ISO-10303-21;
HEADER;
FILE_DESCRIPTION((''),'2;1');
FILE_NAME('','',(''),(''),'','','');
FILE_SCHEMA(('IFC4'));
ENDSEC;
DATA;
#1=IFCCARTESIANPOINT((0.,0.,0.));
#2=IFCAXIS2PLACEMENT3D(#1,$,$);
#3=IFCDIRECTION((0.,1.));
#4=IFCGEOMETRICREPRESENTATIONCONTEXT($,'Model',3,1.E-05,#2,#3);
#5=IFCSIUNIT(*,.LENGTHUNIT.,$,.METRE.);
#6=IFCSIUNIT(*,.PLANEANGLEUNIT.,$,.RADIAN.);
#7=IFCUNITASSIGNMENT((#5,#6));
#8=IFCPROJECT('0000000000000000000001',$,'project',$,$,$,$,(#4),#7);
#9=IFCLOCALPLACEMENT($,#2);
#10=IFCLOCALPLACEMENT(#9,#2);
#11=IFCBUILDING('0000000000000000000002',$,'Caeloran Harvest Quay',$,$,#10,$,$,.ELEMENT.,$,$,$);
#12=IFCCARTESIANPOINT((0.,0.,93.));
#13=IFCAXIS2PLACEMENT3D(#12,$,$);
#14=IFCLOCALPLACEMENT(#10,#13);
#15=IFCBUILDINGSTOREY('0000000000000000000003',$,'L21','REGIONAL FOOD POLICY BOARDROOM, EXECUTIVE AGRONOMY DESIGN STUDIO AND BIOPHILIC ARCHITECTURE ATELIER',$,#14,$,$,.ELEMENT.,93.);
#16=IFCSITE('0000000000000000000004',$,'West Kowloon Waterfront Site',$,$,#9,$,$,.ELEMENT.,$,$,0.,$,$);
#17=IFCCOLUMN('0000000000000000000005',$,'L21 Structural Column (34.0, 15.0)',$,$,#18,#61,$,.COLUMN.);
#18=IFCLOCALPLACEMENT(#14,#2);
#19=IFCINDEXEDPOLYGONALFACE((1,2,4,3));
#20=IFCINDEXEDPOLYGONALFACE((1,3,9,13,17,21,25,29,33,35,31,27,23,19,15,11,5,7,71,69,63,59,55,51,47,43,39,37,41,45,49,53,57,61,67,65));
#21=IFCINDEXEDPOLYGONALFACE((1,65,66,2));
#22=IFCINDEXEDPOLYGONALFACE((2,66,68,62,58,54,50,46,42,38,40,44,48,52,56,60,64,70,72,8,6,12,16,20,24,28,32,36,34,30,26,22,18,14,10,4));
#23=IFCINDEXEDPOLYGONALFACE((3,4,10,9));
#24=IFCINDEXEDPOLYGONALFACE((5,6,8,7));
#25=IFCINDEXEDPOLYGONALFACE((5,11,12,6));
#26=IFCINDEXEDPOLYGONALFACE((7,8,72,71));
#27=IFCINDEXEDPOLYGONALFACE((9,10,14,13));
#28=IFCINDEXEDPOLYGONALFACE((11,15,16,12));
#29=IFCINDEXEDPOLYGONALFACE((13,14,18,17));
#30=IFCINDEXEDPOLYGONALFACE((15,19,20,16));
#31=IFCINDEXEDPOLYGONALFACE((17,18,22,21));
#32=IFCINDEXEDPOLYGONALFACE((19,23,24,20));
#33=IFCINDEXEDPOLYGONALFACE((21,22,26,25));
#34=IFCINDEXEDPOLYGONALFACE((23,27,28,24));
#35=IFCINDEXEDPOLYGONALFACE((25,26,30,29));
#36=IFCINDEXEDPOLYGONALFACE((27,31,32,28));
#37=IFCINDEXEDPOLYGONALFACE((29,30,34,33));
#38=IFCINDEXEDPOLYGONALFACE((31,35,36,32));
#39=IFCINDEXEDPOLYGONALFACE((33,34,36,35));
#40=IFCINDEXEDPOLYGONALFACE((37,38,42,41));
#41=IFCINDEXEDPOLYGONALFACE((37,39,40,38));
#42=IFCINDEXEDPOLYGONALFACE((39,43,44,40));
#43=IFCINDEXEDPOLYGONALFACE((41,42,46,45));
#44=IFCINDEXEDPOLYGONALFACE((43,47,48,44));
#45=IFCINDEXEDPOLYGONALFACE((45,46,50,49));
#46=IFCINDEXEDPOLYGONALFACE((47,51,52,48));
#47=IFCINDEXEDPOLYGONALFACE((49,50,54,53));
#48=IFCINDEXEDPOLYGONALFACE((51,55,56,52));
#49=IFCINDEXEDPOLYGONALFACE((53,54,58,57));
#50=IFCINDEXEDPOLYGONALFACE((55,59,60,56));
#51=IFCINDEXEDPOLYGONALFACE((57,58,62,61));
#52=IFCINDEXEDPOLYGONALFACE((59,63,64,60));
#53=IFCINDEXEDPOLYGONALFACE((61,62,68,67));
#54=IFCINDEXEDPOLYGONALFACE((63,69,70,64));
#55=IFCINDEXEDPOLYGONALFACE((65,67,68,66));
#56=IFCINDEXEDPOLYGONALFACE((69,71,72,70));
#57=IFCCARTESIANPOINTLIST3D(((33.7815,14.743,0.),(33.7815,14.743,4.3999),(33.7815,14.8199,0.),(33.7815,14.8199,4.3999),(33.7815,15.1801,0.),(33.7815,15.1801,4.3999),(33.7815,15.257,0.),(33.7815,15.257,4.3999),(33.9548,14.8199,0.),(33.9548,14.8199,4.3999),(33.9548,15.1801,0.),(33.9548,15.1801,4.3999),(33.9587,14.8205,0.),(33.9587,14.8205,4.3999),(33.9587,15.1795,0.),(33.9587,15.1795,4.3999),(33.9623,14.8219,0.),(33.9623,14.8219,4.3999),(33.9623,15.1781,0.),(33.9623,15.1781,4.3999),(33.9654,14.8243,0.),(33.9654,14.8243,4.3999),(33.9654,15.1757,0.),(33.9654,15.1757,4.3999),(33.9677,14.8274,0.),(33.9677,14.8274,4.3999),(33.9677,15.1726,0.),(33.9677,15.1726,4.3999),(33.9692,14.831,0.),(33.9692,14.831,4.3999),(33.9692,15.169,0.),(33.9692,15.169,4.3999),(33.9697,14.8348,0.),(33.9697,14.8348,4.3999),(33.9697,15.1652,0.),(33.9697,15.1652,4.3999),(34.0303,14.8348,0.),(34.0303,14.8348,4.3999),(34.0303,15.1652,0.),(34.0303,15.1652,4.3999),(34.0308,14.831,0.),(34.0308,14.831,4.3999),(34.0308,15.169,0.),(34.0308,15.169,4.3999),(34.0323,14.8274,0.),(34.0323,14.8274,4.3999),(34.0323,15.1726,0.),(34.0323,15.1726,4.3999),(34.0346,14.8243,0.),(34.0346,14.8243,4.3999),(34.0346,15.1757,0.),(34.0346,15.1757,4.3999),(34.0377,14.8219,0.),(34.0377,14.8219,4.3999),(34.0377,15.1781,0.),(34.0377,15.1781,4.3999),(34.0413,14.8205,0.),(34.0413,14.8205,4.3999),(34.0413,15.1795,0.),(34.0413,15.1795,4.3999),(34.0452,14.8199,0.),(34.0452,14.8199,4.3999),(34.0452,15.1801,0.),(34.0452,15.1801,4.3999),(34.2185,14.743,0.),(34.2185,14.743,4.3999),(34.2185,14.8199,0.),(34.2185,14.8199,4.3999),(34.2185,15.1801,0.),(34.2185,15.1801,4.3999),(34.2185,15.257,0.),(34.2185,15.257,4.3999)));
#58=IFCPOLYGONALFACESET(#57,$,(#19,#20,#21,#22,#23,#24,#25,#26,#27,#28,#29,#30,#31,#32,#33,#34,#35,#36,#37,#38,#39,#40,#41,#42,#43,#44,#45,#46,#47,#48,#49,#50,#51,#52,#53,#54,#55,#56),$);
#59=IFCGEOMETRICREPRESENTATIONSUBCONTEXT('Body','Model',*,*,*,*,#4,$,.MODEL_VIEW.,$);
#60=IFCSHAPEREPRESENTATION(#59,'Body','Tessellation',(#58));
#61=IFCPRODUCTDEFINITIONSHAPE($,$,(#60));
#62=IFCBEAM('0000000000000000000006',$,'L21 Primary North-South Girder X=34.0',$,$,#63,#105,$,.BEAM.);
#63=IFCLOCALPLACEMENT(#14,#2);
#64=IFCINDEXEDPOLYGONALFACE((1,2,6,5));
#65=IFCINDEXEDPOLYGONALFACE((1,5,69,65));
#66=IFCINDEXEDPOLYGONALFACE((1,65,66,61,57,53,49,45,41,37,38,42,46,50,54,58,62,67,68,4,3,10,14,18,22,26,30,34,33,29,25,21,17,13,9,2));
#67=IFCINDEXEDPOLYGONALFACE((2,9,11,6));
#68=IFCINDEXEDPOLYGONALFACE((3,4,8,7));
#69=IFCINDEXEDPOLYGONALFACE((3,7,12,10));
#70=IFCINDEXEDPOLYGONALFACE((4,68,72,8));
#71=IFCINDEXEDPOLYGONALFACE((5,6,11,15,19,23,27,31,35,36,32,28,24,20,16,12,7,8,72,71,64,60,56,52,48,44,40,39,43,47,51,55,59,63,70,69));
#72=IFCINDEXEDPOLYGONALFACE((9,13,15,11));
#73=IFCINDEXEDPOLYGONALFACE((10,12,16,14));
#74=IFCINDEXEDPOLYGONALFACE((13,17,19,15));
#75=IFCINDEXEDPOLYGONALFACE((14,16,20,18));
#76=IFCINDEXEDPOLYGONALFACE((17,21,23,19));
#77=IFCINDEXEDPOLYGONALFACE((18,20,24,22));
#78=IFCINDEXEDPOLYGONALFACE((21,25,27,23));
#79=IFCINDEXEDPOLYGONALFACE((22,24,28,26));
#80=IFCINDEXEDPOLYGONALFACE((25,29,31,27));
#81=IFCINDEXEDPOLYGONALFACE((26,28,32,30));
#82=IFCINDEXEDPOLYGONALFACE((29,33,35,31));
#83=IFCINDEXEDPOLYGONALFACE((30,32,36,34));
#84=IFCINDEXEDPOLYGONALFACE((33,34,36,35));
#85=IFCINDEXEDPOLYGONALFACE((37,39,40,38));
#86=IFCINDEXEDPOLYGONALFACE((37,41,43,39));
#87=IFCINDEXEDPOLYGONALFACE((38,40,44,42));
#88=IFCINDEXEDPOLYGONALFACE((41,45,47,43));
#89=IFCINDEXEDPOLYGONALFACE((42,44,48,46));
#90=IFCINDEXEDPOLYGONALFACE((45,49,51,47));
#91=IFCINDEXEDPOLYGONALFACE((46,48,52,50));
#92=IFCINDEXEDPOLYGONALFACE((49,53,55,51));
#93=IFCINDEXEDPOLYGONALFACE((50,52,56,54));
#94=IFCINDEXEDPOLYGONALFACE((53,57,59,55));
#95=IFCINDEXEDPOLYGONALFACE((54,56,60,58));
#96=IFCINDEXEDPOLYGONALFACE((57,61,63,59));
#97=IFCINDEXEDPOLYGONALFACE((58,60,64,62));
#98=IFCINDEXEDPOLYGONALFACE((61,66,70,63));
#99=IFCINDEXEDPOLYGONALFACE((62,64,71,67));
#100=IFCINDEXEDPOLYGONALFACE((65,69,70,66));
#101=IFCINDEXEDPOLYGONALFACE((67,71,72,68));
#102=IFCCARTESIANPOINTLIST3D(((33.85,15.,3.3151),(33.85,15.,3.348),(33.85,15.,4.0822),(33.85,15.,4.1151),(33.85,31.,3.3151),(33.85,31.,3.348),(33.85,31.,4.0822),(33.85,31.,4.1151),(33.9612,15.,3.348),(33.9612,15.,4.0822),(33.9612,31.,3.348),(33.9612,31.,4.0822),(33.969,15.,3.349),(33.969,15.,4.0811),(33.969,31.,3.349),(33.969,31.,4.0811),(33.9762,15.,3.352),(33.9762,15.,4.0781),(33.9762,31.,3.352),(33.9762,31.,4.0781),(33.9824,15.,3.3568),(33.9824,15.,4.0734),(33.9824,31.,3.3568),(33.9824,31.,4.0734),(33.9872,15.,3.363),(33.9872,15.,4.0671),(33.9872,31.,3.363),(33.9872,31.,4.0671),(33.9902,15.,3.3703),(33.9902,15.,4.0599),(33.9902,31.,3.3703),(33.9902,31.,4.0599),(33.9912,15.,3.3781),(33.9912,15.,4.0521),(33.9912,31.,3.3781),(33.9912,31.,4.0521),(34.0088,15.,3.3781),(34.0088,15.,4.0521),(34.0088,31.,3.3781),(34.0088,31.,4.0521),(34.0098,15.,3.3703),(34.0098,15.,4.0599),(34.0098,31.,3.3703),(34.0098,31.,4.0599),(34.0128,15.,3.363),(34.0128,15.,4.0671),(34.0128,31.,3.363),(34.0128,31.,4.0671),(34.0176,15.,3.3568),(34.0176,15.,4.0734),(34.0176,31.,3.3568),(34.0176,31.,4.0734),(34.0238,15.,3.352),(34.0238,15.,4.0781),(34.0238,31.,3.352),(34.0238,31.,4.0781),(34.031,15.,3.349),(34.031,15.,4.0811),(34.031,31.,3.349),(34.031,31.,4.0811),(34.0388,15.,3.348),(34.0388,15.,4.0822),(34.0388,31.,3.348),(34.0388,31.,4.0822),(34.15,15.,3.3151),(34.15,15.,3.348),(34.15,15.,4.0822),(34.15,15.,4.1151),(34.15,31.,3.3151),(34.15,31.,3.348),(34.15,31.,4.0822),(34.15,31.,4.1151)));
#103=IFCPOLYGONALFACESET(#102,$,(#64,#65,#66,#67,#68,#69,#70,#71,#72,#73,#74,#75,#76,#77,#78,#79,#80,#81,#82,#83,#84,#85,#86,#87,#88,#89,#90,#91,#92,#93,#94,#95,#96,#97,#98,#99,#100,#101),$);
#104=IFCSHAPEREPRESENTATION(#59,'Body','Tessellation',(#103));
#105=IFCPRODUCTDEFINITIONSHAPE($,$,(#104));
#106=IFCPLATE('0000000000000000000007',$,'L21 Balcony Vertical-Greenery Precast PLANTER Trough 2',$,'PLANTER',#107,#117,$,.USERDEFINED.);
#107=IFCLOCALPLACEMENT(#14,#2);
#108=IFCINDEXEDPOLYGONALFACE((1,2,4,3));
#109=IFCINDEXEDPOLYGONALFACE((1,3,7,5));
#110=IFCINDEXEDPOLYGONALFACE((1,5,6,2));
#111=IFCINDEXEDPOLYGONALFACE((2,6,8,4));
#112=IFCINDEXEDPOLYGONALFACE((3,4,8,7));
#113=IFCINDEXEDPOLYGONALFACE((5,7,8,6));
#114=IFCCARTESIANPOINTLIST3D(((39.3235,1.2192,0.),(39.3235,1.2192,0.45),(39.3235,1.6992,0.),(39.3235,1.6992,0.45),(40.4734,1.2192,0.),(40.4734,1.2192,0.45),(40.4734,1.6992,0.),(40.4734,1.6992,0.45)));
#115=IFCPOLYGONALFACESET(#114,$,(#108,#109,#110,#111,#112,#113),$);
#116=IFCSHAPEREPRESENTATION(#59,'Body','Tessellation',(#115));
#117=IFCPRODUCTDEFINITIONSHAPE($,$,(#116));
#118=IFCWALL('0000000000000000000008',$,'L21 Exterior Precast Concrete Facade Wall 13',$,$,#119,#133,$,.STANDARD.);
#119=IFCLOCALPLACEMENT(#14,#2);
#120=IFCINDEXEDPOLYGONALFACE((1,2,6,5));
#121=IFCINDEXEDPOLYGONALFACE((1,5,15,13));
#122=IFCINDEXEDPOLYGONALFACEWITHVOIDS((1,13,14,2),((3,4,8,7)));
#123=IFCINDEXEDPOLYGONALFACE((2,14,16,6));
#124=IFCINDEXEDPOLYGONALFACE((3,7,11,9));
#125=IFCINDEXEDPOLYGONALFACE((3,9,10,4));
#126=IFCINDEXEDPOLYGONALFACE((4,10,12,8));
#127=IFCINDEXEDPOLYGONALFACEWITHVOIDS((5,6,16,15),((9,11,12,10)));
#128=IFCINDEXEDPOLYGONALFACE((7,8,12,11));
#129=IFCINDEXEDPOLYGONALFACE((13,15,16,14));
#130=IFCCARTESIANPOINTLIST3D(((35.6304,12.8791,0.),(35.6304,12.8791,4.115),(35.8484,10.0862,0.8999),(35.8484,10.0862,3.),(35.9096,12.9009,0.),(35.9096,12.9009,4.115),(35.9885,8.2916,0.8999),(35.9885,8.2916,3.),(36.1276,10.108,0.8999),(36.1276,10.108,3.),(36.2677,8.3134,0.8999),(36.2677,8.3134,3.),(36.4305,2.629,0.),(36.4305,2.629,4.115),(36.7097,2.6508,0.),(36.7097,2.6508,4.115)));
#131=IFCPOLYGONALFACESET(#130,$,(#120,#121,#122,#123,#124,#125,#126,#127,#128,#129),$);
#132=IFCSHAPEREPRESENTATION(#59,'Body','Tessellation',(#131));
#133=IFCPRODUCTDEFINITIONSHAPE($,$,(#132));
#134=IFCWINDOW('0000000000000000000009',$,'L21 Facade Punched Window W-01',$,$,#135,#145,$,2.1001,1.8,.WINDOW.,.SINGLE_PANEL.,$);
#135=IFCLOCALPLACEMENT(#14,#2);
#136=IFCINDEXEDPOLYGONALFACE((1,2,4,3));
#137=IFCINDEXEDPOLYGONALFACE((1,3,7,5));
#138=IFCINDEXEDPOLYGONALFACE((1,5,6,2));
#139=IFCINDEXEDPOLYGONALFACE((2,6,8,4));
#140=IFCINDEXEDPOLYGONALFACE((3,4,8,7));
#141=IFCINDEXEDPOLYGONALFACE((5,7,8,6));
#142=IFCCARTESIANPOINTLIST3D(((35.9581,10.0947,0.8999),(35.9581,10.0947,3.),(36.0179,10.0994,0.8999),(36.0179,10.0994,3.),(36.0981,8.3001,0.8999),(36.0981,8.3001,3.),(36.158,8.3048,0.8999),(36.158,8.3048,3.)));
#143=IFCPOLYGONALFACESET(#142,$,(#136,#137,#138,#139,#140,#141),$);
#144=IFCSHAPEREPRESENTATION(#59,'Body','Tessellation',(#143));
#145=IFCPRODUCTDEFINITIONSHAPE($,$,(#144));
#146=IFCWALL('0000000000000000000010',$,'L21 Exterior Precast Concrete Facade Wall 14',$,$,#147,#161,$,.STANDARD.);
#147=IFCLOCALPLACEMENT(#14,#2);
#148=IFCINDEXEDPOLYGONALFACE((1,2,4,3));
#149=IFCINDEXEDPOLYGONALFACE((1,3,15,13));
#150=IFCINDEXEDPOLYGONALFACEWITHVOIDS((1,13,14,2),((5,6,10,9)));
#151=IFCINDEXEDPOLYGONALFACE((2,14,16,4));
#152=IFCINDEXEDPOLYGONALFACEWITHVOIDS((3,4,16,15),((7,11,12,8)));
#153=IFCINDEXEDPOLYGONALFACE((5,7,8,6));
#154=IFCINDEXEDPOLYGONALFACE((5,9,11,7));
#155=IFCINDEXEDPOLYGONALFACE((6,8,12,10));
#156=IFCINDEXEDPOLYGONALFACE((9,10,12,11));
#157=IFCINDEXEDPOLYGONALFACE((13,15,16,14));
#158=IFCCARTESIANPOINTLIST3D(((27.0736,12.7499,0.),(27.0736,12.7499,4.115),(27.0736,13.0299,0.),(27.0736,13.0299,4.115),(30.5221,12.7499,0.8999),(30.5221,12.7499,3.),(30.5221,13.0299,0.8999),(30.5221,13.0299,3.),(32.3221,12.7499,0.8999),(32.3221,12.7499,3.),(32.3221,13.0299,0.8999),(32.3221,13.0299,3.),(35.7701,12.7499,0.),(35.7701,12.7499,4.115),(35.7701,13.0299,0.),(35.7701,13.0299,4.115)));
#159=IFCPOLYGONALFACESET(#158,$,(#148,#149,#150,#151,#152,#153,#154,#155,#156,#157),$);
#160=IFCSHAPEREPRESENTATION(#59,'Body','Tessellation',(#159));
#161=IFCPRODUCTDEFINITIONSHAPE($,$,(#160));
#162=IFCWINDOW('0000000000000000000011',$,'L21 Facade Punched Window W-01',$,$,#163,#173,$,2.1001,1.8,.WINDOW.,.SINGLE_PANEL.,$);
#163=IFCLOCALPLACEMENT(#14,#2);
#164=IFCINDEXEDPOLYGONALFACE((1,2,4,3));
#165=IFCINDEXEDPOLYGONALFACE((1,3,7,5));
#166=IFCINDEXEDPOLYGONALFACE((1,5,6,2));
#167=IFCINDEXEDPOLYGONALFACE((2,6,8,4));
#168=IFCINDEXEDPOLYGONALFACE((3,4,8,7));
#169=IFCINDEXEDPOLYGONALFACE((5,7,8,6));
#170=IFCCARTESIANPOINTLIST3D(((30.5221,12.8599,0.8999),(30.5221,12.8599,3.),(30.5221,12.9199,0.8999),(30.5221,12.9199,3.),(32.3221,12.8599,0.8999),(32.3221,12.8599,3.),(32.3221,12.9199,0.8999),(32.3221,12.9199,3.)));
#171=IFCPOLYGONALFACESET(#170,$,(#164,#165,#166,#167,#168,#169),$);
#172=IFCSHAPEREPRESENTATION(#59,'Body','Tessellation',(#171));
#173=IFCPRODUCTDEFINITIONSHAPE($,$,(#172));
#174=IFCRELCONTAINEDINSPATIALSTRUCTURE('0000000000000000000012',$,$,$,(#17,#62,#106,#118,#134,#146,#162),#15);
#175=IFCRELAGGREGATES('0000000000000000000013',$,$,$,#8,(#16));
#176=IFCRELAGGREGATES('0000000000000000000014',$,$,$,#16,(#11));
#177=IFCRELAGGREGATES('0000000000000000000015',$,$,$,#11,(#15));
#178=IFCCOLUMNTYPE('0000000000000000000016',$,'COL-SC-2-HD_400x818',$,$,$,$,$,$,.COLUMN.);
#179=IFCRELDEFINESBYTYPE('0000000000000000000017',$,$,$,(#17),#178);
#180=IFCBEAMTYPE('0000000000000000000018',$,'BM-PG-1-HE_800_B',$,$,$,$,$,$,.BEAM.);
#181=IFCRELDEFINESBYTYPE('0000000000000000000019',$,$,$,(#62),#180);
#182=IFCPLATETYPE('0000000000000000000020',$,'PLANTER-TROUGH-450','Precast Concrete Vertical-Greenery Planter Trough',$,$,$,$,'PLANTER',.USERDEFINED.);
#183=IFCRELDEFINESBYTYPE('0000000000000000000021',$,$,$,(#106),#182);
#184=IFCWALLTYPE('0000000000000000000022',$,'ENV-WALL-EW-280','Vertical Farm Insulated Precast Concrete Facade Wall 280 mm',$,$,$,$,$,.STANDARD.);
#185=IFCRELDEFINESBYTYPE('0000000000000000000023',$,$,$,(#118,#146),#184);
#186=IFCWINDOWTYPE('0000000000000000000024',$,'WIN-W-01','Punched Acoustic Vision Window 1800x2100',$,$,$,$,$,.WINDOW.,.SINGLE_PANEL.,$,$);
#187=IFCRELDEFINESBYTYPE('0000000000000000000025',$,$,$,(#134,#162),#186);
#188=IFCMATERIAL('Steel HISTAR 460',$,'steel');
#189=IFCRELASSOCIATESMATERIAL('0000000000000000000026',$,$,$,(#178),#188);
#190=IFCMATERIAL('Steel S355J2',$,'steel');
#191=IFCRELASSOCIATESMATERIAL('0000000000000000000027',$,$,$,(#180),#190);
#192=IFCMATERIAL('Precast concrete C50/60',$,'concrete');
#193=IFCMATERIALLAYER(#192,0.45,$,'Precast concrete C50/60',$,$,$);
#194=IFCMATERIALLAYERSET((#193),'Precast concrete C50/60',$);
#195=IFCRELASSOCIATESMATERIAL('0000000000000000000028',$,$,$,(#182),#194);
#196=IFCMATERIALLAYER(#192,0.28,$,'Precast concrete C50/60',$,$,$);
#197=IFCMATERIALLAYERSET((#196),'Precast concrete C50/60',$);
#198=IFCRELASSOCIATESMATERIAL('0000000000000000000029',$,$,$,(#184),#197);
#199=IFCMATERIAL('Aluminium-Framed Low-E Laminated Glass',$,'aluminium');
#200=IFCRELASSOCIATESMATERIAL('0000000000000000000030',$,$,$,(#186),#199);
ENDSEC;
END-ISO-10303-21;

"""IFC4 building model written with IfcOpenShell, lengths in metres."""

from ifc_helpers import new_model, si_unit, direction, frame, frame_2d, origin, origin_2d, place, context, subcontext, project, spatial, rectangle, i_section, extrude, material, layer, layer_set, material_profile, profile_set, type_object, element, fill, save


model = new_model("IFC4")

# Units and contexts
model_context = context("Model", 3, precision=1e-05, world=origin(), true_north=direction((0.0, 1.0)))
body_context = subcontext(model_context, "Body", "Model", "MODEL_VIEW")
ifc_project = project(units=[si_unit("LENGTHUNIT", "METRE"), si_unit("PLANEANGLEUNIT", "RADIAN")], contexts=[model_context])

# Site, building, storey
site_placement = place(None, origin())
site = spatial("IfcSite", under=ifc_project, at=site_placement, Name="West Kowloon Waterfront Site", CompositionType="ELEMENT", RefElevation=0.0)
building_placement = place(site_placement, origin())
building = spatial("IfcBuilding", under=site, at=building_placement, Name="Caeloran Harvest Quay", CompositionType="ELEMENT")
storey_placement = place(building_placement, frame((0.0, 0.0, 93.0)))
storey = spatial("IfcBuildingStorey", under=building, at=storey_placement, Name="L21", Description="REGIONAL FOOD POLICY BOARDROOM, EXECUTIVE AGRONOMY DESIGN STUDIO AND BIOPHILIC ARCHITECTURE ATELIER", CompositionType="ELEMENT", Elevation=93.0)

# Column
ifc_material_1 = material(Name="Steel HISTAR 460", Category="steel")
ifc_material_profile_1 = material_profile(ifc_material_1, i_section(OverallWidth=0.437, OverallDepth=0.5139, WebThickness=0.0605, FlangeThickness=0.0769, FilletRadius=0.0149, at=origin_2d()), Name="HD 400x818")
ifc_profile_set_1 = profile_set([ifc_material_profile_1], Name="Steel HISTAR 460")
column_type = type_object("IfcColumnType", Name="COL-SC-2-HD_400x818", PredefinedType="COLUMN", material=ifc_profile_set_1)
column_placement = place(storey_placement, frame((34.0, 15.0, 0.0), z_axis=(0.0, 0.0, 1.0), x_axis=(1.0, 0.0, 0.0)))
element("IfcColumn", 1, at=column_placement, inside=storey, type_object=column_type, Name="L21 Structural Column (34.0, 15.0)", PredefinedType="COLUMN", context=body_context, shape_type="SweptSolid", body=[
    extrude(i_section(OverallWidth=0.437, OverallDepth=0.5139, WebThickness=0.0605, FlangeThickness=0.0769, FilletRadius=0.0149, at=origin_2d()), origin(), (0.0, 0.0, 1.0), 4.3999),
])

# Beam
ifc_material_2 = material(Name="Steel S355J2", Category="steel")
ifc_material_profile_2 = material_profile(ifc_material_2, i_section(OverallWidth=0.3, OverallDepth=0.8, WebThickness=0.0176, FlangeThickness=0.033, FilletRadius=0.03, at=origin_2d()), Name="HE 800 B")
ifc_profile_set_2 = profile_set([ifc_material_profile_2], Name="Steel S355J2")
beam_type = type_object("IfcBeamType", Name="BM-PG-1-HE_800_B", PredefinedType="BEAM", material=ifc_profile_set_2)
beam_placement = place(storey_placement, frame((34.0, 15.0, 3.7151), z_axis=(0.0, 1.0, 0.0), x_axis=(-1.0, 0.0, 0.0)))
element("IfcBeam", 2, at=beam_placement, inside=storey, type_object=beam_type, Name="L21 Primary North-South Girder X=34.0", PredefinedType="BEAM", context=body_context, shape_type="SweptSolid", body=[
    extrude(i_section(OverallWidth=0.3, OverallDepth=0.8, WebThickness=0.0176, FlangeThickness=0.033, FilletRadius=0.03, at=origin_2d()), origin(), (0.0, 0.0, 1.0), 16.0),
])

# Plate
ifc_material_3 = material(Name="Precast concrete C50/60", Category="concrete")
ifc_layer_1 = layer(ifc_material_3, 0.45, Name="Precast concrete C50/60")
ifc_layer_set_1 = layer_set([ifc_layer_1], Name="Precast concrete C50/60")
plate_type = type_object("IfcPlateType", Name="PLANTER-TROUGH-450", Description="Precast Concrete Vertical-Greenery Planter Trough", ElementType="PLANTER", PredefinedType="USERDEFINED", material=ifc_layer_set_1)
plate_placement = place(storey_placement, frame((39.8984, 1.4592, 0.0), z_axis=(0.0, 0.0, 1.0), x_axis=(1.0, 0.0, 0.0)))
element("IfcPlate", 3, at=plate_placement, inside=storey, type_object=plate_type, Name="L21 Balcony Vertical-Greenery Precast PLANTER Trough 2", ObjectType="PLANTER", PredefinedType="USERDEFINED", context=body_context, shape_type="SweptSolid", body=[
    extrude(rectangle(XDim=1.1499, YDim=0.48, at=origin_2d()), origin(), (0.0, 0.0, 1.0), 0.45),
])

# Walls, openings, windows
ifc_layer_2 = layer(ifc_material_3, 0.28, Name="Precast concrete C50/60")
ifc_layer_set_2 = layer_set([ifc_layer_2], Name="Precast concrete C50/60")
wall_type_1 = type_object("IfcWallType", Name="ENV-WALL-EW-280", Description="Vertical Farm Insulated Precast Concrete Facade Wall 280 mm", PredefinedType="STANDARD", material=ifc_layer_set_2)
wall_1_placement = place(storey_placement, frame((36.5701, 2.6399, 0.0), z_axis=(0.0, 0.0, 1.0), x_axis=(-0.077817, 0.996968, 0.0)))
wall_1 = element("IfcWall", 4, at=wall_1_placement, inside=storey, type_object=wall_type_1, Name="L21 Exterior Precast Concrete Facade Wall 13", PredefinedType="STANDARD", context=body_context, shape_type="SweptSolid", body=[
    extrude(rectangle(XDim=10.2812, YDim=0.28, at=frame_2d((5.1406, 0.0))), origin(), (0.0, 0.0, 1.0), 4.115),
])
opening_1_placement = place(wall_1_placement, frame((5.6799, 0.0, 0.8999)))
opening_1 = element("IfcOpeningElement", 5, at=opening_1_placement, cuts=wall_1, PredefinedType="OPENING", context=body_context, shape_type="SweptSolid", body=[
    extrude(rectangle(XDim=1.8, YDim=2.1001, at=frame_2d((0.8999, 1.05))), frame((0.0, 0.1499, 0.0), z_axis=(0.0, -1.0, 0.0), x_axis=(1.0, 0.0, 0.0)), (0.0, 0.0, 1.0), 0.3),
])
ifc_material_4 = material(Name="Aluminium-Framed Low-E Laminated Glass", Category="aluminium")
window_type = type_object("IfcWindowType", Name="WIN-W-01", Description="Punched Acoustic Vision Window 1800x2100", PartitioningType="SINGLE_PANEL", PredefinedType="WINDOW", material=ifc_material_4)
window_1_placement = place(opening_1_placement, origin())
window_1 = element("IfcWindow", 6, at=window_1_placement, inside=storey, type_object=window_type, Name="L21 Facade Punched Window W-01", OverallHeight=2.1001, OverallWidth=1.8, PartitioningType="SINGLE_PANEL", PredefinedType="WINDOW", context=body_context, shape_type="SweptSolid", body=[
    extrude(rectangle(XDim=1.8, YDim=2.1001, at=frame_2d((0.8999, 1.05))), frame((0.0, 0.03, 0.0), z_axis=(0.0, -1.0, 0.0), x_axis=(1.0, 0.0, 0.0)), (0.0, 0.0, 1.0), 0.0601),
])
fill(opening_1, window_1)
wall_2_placement = place(storey_placement, frame((35.77, 12.8899, 0.0), z_axis=(0.0, 0.0, 1.0), x_axis=(-1.0, 0.0, 0.0)))
wall_2 = element("IfcWall", 7, at=wall_2_placement, inside=storey, type_object=wall_type_1, Name="L21 Exterior Precast Concrete Facade Wall 14", PredefinedType="STANDARD", context=body_context, shape_type="SweptSolid", body=[
    extrude(rectangle(XDim=8.6965, YDim=0.28, at=frame_2d((4.3481, 0.0))), origin(), (0.0, 0.0, 1.0), 4.115),
])
opening_2_placement = place(wall_2_placement, frame((3.448, 0.0, 0.8999)))
opening_2 = element("IfcOpeningElement", 8, at=opening_2_placement, cuts=wall_2, PredefinedType="OPENING", context=body_context, shape_type="SweptSolid", body=[
    extrude(rectangle(XDim=1.8, YDim=2.1001, at=frame_2d((0.8999, 1.05))), frame((0.0, 0.1499, 0.0), z_axis=(0.0, -1.0, 0.0), x_axis=(1.0, 0.0, 0.0)), (0.0, 0.0, 1.0), 0.3),
])
window_2_placement = place(opening_2_placement, origin())
window_2 = element("IfcWindow", 9, at=window_2_placement, inside=storey, type_object=window_type, Name="L21 Facade Punched Window W-01", OverallHeight=2.1001, OverallWidth=1.8, PartitioningType="SINGLE_PANEL", PredefinedType="WINDOW", context=body_context, shape_type="SweptSolid", body=[
    extrude(rectangle(XDim=1.8, YDim=2.1001, at=frame_2d((0.8999, 1.05))), frame((0.0, 0.03, 0.0), z_axis=(0.0, -1.0, 0.0), x_axis=(1.0, 0.0, 0.0)), (0.0, 0.0, 1.0), 0.0601),
])
fill(opening_2, window_2)

save(model, "model.ifc")
